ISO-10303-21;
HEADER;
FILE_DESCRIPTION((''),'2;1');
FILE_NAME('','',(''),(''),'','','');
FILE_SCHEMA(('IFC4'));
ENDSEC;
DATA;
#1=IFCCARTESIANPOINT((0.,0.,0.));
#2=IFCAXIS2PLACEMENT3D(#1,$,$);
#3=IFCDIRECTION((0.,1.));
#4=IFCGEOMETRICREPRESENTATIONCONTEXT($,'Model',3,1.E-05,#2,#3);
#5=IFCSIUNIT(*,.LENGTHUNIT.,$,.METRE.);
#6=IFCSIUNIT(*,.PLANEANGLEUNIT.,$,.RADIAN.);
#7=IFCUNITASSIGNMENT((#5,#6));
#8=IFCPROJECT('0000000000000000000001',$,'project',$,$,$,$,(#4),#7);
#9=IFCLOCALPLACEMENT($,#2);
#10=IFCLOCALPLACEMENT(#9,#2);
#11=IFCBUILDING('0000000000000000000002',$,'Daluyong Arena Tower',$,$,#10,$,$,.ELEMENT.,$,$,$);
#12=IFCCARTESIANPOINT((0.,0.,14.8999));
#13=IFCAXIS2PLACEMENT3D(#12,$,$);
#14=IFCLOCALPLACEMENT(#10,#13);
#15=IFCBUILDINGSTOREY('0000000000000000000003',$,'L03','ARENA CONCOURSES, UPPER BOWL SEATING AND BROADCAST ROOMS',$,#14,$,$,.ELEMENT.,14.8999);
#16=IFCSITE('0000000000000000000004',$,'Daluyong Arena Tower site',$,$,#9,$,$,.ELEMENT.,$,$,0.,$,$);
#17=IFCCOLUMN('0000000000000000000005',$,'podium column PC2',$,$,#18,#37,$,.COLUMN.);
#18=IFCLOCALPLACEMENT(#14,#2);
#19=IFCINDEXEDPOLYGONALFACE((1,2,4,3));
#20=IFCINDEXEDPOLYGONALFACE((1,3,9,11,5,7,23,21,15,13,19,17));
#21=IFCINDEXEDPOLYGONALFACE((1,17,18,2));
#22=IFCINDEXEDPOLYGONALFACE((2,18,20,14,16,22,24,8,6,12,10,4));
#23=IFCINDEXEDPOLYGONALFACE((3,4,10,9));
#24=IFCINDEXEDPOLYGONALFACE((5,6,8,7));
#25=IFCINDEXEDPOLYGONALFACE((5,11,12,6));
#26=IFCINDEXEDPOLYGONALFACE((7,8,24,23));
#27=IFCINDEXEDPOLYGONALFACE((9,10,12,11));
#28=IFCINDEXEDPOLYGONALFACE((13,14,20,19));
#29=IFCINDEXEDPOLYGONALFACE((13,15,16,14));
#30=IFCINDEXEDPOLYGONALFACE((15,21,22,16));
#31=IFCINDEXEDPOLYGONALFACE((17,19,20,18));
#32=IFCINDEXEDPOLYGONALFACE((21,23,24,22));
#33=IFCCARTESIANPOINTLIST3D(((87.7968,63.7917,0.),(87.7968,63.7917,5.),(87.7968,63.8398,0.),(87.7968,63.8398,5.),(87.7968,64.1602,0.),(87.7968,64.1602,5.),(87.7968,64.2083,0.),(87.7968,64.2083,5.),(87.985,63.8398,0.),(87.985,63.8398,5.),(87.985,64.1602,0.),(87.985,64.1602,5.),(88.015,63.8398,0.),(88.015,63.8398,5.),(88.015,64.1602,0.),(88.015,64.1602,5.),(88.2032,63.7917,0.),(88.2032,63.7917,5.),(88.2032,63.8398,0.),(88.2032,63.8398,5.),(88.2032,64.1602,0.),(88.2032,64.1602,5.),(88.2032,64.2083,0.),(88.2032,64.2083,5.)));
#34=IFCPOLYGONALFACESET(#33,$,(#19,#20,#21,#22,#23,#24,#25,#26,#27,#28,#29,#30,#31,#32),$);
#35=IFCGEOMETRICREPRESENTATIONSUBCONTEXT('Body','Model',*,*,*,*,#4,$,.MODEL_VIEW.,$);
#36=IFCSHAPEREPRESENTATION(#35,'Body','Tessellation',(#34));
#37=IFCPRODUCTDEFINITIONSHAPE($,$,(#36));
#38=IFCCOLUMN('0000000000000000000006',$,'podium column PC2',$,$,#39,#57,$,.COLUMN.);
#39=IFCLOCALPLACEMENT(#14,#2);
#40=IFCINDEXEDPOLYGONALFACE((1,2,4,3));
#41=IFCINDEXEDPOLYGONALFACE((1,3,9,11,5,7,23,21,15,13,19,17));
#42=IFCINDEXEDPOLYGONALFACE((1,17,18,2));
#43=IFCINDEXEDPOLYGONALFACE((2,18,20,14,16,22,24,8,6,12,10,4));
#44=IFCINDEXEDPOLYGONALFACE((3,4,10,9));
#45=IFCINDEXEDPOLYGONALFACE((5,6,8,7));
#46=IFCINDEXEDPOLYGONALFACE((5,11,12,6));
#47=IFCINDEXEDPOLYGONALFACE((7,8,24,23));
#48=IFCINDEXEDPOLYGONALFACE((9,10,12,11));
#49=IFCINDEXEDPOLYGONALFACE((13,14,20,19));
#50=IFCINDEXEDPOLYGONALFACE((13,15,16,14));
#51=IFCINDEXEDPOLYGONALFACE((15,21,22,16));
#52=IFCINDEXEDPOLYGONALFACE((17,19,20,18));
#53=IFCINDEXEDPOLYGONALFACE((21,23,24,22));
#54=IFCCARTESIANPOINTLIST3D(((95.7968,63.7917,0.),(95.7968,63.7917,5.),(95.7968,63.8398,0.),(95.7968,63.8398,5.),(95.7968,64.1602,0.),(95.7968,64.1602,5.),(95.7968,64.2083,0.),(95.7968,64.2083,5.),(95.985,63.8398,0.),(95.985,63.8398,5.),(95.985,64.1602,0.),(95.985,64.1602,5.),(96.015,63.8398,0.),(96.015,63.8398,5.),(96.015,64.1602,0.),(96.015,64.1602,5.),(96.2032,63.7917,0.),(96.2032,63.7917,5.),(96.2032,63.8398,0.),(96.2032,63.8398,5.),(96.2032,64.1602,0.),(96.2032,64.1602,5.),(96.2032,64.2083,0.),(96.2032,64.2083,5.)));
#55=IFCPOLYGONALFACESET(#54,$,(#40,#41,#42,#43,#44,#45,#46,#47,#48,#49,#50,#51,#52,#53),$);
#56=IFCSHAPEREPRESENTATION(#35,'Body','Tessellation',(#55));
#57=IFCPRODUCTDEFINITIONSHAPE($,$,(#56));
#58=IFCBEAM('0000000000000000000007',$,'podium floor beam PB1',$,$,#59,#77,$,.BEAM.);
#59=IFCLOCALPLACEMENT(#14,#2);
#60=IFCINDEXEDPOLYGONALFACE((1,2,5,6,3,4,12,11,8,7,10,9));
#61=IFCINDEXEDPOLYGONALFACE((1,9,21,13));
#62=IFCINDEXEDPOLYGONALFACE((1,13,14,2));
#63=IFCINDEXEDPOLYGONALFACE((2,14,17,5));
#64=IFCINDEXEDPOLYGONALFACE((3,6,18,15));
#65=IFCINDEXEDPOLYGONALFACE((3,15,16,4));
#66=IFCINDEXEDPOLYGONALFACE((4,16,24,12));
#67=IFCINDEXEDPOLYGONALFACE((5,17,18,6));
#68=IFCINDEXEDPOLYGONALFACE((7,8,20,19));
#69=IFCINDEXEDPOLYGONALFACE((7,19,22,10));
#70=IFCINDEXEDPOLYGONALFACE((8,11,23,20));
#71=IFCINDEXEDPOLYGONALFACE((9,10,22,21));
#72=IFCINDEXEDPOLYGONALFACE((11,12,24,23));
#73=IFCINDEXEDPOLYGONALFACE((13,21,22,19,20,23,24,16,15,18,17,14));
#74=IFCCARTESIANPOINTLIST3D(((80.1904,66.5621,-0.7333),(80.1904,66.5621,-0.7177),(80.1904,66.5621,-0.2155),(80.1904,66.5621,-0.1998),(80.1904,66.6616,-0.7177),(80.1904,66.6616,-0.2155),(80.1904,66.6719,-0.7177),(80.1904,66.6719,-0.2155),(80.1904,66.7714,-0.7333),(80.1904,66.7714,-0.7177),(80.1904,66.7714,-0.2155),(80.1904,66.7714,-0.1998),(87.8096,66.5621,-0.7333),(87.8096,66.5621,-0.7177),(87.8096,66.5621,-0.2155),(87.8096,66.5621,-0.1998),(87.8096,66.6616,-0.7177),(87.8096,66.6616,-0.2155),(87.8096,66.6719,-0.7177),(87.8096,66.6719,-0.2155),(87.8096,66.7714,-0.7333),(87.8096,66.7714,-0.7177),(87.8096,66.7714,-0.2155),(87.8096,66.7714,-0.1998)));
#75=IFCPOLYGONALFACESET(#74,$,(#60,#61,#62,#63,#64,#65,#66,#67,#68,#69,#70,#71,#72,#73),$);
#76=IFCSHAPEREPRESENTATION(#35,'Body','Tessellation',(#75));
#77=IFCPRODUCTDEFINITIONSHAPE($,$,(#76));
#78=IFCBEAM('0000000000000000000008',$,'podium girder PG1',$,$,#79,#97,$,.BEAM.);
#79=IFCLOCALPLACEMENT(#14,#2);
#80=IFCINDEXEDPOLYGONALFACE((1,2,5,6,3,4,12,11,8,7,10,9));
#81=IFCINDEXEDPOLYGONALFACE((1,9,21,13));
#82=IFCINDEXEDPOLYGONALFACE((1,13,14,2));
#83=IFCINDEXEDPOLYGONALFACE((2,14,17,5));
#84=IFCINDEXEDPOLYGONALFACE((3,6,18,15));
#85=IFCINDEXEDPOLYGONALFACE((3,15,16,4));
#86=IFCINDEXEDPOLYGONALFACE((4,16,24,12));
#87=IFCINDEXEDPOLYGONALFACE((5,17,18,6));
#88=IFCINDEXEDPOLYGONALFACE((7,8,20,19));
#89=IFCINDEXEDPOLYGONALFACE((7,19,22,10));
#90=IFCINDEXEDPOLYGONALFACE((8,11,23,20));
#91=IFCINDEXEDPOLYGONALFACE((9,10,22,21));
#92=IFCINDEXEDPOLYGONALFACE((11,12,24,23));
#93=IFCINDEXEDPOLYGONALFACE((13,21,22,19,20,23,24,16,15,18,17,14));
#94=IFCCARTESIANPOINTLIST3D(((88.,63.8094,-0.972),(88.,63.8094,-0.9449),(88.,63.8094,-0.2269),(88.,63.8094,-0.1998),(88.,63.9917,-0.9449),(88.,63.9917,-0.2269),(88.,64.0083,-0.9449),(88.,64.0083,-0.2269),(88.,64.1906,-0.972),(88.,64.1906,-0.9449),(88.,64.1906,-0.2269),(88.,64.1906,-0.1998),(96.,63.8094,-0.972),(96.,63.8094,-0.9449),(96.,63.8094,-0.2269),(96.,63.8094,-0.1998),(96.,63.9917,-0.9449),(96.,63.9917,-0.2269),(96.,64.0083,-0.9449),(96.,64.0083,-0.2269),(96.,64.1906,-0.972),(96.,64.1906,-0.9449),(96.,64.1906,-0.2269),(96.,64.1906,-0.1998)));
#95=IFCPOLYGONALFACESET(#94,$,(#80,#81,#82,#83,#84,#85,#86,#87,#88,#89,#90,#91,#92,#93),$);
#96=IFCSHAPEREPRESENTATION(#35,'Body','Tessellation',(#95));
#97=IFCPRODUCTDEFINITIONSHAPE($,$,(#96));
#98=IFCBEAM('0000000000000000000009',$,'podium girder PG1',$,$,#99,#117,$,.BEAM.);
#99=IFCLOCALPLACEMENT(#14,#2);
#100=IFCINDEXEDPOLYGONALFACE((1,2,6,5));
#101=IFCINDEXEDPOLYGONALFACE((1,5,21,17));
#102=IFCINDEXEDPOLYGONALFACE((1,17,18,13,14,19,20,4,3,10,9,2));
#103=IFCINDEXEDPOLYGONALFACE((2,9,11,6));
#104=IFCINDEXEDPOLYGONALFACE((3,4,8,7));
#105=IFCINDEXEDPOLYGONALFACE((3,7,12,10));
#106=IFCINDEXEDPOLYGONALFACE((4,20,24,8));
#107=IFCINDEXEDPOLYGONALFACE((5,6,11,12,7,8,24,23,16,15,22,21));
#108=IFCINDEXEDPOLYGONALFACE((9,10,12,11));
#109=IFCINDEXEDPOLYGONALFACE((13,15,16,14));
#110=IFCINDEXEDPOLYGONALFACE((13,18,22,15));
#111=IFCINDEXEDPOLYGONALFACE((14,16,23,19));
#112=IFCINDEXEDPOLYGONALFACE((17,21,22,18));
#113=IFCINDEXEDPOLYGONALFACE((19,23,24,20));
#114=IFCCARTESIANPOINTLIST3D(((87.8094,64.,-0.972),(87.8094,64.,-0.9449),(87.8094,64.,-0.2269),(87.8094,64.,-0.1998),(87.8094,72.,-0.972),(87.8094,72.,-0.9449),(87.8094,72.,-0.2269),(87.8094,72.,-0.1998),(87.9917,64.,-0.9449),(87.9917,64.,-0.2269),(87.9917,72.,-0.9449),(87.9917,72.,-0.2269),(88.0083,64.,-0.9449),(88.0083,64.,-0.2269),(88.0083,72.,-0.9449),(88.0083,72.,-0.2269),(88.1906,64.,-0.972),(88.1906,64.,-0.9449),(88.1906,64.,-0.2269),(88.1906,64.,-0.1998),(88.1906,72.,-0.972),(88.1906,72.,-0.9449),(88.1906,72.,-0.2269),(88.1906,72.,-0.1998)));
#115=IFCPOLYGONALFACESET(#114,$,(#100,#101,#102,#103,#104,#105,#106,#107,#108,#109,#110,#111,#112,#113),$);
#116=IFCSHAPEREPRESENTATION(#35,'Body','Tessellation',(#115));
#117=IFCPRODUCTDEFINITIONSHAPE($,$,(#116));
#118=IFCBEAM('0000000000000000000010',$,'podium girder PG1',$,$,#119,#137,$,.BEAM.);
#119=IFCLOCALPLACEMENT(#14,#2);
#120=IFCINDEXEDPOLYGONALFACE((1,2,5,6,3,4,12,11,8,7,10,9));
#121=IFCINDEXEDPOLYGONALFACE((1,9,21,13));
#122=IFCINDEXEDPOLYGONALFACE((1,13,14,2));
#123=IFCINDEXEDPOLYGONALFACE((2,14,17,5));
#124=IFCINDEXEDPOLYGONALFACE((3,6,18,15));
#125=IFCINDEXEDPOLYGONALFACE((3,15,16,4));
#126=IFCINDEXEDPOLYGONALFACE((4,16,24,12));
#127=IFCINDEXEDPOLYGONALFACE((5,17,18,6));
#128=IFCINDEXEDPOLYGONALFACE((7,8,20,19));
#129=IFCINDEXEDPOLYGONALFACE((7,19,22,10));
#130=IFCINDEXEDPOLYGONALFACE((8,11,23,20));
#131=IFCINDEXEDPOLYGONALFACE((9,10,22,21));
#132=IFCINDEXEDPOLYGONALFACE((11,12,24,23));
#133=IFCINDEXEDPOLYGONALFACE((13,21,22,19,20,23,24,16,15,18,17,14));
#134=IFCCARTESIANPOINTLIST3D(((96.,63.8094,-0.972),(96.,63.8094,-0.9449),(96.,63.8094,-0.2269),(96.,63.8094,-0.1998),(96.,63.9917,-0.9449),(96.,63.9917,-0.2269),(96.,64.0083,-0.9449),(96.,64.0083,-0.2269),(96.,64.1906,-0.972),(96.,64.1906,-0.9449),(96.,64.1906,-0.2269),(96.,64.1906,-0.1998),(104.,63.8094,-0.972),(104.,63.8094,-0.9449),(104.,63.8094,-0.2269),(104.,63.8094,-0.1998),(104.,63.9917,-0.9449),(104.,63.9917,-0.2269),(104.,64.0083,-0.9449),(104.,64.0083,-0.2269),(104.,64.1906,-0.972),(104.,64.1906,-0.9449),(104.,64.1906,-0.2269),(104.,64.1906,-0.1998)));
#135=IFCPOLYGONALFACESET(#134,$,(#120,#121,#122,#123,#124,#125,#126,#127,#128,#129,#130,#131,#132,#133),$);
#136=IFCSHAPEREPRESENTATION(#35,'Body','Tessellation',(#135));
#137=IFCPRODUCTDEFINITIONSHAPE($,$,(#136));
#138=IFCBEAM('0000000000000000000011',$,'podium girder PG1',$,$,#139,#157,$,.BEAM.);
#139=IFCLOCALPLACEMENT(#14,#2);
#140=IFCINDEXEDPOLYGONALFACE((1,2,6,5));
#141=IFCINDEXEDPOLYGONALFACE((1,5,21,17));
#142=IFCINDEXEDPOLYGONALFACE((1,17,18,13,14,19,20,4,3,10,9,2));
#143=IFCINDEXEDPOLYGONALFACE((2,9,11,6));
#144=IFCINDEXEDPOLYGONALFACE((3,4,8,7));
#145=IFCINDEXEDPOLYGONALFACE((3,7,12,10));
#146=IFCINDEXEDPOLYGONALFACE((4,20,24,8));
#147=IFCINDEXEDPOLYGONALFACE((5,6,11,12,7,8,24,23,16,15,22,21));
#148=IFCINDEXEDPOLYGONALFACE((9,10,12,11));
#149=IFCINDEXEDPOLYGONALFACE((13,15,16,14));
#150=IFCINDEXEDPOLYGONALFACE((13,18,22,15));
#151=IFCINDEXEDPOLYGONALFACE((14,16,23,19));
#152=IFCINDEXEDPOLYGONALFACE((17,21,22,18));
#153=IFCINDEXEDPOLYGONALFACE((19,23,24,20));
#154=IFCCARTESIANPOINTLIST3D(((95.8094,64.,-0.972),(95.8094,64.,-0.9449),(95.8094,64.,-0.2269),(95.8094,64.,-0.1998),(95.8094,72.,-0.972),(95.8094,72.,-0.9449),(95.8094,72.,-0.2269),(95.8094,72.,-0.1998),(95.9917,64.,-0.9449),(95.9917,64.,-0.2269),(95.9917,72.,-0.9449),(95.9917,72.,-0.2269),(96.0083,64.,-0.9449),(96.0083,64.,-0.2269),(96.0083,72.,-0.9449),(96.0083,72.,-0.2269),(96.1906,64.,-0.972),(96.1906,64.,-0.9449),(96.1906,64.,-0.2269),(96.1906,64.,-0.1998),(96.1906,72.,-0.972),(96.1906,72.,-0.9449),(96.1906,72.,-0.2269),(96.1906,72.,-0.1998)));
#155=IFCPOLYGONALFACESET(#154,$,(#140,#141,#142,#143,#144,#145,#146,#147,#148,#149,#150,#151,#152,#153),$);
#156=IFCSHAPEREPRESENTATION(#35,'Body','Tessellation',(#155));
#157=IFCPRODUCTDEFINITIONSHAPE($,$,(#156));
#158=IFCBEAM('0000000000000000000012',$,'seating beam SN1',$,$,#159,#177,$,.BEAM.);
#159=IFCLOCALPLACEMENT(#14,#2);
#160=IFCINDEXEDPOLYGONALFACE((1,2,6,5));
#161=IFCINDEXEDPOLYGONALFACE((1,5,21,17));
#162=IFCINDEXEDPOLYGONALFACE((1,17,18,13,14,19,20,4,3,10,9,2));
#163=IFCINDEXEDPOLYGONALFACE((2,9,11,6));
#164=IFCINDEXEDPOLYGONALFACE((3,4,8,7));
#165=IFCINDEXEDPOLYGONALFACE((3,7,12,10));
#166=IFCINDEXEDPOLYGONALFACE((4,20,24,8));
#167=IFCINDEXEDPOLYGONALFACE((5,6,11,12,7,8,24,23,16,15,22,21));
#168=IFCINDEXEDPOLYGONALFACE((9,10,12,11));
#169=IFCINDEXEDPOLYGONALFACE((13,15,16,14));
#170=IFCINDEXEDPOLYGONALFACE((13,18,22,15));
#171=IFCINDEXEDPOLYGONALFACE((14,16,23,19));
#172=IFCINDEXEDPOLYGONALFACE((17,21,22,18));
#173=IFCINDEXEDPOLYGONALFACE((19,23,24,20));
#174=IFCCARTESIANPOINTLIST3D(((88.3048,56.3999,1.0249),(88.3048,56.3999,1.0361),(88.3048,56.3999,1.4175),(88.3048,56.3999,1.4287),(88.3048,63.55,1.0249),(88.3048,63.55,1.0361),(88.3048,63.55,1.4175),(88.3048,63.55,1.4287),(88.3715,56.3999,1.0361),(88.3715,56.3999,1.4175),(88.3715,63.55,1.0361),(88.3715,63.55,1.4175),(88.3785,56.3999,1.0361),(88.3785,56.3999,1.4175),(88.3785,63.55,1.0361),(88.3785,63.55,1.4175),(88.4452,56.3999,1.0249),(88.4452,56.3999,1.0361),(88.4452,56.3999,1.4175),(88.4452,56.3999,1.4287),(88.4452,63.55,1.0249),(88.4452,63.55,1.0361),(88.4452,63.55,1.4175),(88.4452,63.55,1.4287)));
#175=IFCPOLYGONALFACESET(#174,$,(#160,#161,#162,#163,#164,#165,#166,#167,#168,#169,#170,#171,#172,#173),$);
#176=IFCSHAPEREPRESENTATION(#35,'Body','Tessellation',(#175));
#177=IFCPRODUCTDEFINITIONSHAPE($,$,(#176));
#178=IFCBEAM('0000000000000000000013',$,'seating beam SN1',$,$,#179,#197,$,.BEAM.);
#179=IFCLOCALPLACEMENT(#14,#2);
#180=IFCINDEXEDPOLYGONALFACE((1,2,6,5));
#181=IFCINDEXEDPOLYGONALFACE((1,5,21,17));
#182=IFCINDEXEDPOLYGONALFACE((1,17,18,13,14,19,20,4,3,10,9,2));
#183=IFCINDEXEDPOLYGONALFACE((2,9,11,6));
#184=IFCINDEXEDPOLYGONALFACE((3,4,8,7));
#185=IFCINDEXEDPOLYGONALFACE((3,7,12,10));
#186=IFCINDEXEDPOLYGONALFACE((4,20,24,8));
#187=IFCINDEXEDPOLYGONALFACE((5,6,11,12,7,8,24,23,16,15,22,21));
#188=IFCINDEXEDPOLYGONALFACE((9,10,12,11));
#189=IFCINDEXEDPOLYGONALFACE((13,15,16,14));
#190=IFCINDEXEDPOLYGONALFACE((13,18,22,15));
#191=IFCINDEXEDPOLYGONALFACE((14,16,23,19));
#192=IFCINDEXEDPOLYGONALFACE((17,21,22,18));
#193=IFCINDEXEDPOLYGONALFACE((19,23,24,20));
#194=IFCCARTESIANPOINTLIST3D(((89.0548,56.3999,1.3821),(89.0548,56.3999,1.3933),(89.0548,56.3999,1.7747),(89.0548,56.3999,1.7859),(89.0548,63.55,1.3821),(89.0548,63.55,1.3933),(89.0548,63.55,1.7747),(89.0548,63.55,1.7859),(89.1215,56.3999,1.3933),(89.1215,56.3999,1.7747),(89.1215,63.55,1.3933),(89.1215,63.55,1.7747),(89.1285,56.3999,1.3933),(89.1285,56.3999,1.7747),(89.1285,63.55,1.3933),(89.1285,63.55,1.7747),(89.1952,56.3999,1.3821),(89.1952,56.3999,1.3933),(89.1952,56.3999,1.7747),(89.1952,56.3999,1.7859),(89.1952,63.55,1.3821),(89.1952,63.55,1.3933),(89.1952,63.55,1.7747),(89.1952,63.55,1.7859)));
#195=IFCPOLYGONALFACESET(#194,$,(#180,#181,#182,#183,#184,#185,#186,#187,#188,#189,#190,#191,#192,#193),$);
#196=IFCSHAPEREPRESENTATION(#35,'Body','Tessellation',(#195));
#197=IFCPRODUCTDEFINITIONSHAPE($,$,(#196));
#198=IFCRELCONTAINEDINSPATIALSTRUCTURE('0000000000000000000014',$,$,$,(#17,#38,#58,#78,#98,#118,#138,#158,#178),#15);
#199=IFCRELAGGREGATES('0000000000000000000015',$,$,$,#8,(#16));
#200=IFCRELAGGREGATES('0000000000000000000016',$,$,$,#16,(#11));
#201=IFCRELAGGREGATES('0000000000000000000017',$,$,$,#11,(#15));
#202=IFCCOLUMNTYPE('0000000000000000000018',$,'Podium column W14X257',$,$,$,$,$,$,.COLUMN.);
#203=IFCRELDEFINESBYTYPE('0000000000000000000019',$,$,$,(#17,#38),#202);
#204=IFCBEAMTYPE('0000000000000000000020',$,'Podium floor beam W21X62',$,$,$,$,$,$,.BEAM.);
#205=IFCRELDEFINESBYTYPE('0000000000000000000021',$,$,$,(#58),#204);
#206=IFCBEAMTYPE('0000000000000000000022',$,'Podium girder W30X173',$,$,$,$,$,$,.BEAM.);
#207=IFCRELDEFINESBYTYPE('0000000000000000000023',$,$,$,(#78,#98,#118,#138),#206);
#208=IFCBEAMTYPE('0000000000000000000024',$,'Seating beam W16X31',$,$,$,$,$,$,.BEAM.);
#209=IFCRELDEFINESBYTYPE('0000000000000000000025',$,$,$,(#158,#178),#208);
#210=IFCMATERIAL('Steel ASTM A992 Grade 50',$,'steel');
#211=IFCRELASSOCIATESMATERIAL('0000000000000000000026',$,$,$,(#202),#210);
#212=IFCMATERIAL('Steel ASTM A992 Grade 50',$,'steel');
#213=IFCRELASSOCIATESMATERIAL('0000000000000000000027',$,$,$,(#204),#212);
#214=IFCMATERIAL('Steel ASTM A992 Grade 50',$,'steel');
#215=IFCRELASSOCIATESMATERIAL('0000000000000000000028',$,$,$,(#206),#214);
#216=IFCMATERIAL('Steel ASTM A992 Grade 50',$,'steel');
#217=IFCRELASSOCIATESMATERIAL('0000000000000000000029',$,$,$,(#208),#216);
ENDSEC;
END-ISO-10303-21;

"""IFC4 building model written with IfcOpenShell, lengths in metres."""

from ifc_helpers import new_model, si_unit, direction, frame, origin, origin_2d, place, context, subcontext, project, spatial, i_section, extrude, material, material_profile, profile_set, type_object, element, save


model = new_model("IFC4")

# Units and contexts
model_context = context("Model", 3, precision=1e-05, world=origin(), true_north=direction((0.0, 1.0)))
body_context = subcontext(model_context, "Body", "Model", "MODEL_VIEW")
ifc_project = project(units=[si_unit("LENGTHUNIT", "METRE"), si_unit("PLANEANGLEUNIT", "RADIAN")], contexts=[model_context])

# Site, building, storey
site_placement = place(None, origin())
site = spatial("IfcSite", under=ifc_project, at=site_placement, Name="Daluyong Arena Tower site", CompositionType="ELEMENT", RefElevation=0.0)
building_placement = place(site_placement, origin())
building = spatial("IfcBuilding", under=site, at=building_placement, Name="Daluyong Arena Tower", CompositionType="ELEMENT")
storey_placement = place(building_placement, frame((0.0, 0.0, 14.8999)))
storey = spatial("IfcBuildingStorey", under=building, at=storey_placement, Name="L03", Description="ARENA CONCOURSES, UPPER BOWL SEATING AND BROADCAST ROOMS", CompositionType="ELEMENT", Elevation=14.8999)

# Columns
ifc_material_1 = material(Name="Steel ASTM A992 Grade 50", Category="steel")
ifc_material_profile_1 = material_profile(ifc_material_1, i_section(OverallWidth=0.4065, OverallDepth=0.4165, WebThickness=0.03, FlangeThickness=0.0481, at=origin_2d()))
ifc_profile_set_1 = profile_set([ifc_material_profile_1], Name="Steel ASTM A992 Grade 50")
column_type = type_object("IfcColumnType", Name="Podium column W14X257", PredefinedType="COLUMN", material=ifc_profile_set_1)
for number, where, z_axis, x_axis, name in (
    (1, (88.0, 64.0, 0.0), (0.0, 0.0, 1.0), (1.0, 0.0, 0.0), "podium column PC2"),
    (2, (96.0, 64.0, 0.0), (0.0, 0.0, 1.0), (1.0, 0.0, 0.0), "podium column PC2"),
):
    element("IfcColumn", number, at=place(storey_placement, frame(where, z_axis=z_axis, x_axis=x_axis)), inside=storey, type_object=column_type, Name=name, PredefinedType="COLUMN", context=body_context, shape_type="SweptSolid", body=[
        extrude(i_section(OverallWidth=0.4065, OverallDepth=0.4165, WebThickness=0.03, FlangeThickness=0.0481, at=origin_2d()), origin(), (0.0, 0.0, 1.0), 5.0),
    ])

# Beams
ifc_material_2 = material(Name="Steel ASTM A992 Grade 50", Category="steel")
ifc_material_profile_2 = material_profile(ifc_material_2, i_section(OverallWidth=0.2092, OverallDepth=0.5334, WebThickness=0.0103, FlangeThickness=0.0156, at=origin_2d()))
ifc_profile_set_2 = profile_set([ifc_material_profile_2], Name="Steel ASTM A992 Grade 50")
beam_type_1 = type_object("IfcBeamType", Name="Podium floor beam W21X62", PredefinedType="BEAM", material=ifc_profile_set_2)
beam_1_placement = place(storey_placement, frame((80.1904, 66.6667, -0.4666), z_axis=(1.0, 0.0, 0.0), x_axis=(0.0, 1.0, 0.0)))
element("IfcBeam", 3, at=beam_1_placement, inside=storey, type_object=beam_type_1, Name="podium floor beam PB1", PredefinedType="BEAM", context=body_context, shape_type="SweptSolid", body=[
    extrude(i_section(OverallWidth=0.2092, OverallDepth=0.5334, WebThickness=0.0103, FlangeThickness=0.0156, at=origin_2d()), origin(), (0.0, 0.0, 1.0), 7.6191),
])
ifc_material_3 = material(Name="Steel ASTM A992 Grade 50", Category="steel")
ifc_material_profile_3 = material_profile(ifc_material_3, i_section(OverallWidth=0.3811, OverallDepth=0.7722, WebThickness=0.0166, FlangeThickness=0.0271, at=origin_2d()))
ifc_profile_set_3 = profile_set([ifc_material_profile_3], Name="Steel ASTM A992 Grade 50")
beam_type_2 = type_object("IfcBeamType", Name="Podium girder W30X173", PredefinedType="BEAM", material=ifc_profile_set_3)
for number, where, z_axis, x_axis, name in (
    (4, (88.0, 64.0, -0.5859), (1.0, 0.0, 0.0), (0.0, 1.0, 0.0), "podium girder PG1"),
    (5, (88.0, 64.0, -0.5859), (0.0, 1.0, 0.0), (-1.0, 0.0, 0.0), "podium girder PG1"),
    (6, (96.0, 64.0, -0.5859), (1.0, 0.0, 0.0), (0.0, 1.0, 0.0), "podium girder PG1"),
    (7, (96.0, 64.0, -0.5859), (0.0, 1.0, 0.0), (-1.0, 0.0, 0.0), "podium girder PG1"),
):
    element("IfcBeam", number, at=place(storey_placement, frame(where, z_axis=z_axis, x_axis=x_axis)), inside=storey, type_object=beam_type_2, Name=name, PredefinedType="BEAM", context=body_context, shape_type="SweptSolid", body=[
        extrude(i_section(OverallWidth=0.3811, OverallDepth=0.7722, WebThickness=0.0166, FlangeThickness=0.0271, at=origin_2d()), origin(), (0.0, 0.0, 1.0), 8.0),
    ])
ifc_material_4 = material(Name="Steel ASTM A992 Grade 50", Category="steel")
ifc_material_profile_4 = material_profile(ifc_material_4, i_section(OverallWidth=0.1404, OverallDepth=0.4038, WebThickness=0.0071, FlangeThickness=0.0112, at=origin_2d()))
ifc_profile_set_4 = profile_set([ifc_material_profile_4], Name="Steel ASTM A992 Grade 50")
beam_type_3 = type_object("IfcBeamType", Name="Seating beam W16X31", PredefinedType="BEAM", material=ifc_profile_set_4)
for number, where, z_axis, x_axis, name in (
    (8, (88.375, 56.3999, 1.2268), (0.0, 1.0, 0.0), (-1.0, 0.0, 0.0), "seating beam SN1"),
    (9, (89.125, 56.3999, 1.584), (0.0, 1.0, 0.0), (-1.0, 0.0, 0.0), "seating beam SN1"),
):
    element("IfcBeam", number, at=place(storey_placement, frame(where, z_axis=z_axis, x_axis=x_axis)), inside=storey, type_object=beam_type_3, Name=name, PredefinedType="BEAM", context=body_context, shape_type="SweptSolid", body=[
        extrude(i_section(OverallWidth=0.1404, OverallDepth=0.4038, WebThickness=0.0071, FlangeThickness=0.0112, at=origin_2d()), origin(), (0.0, 0.0, 1.0), 7.1501),
    ])

save(model, "model.ifc")
